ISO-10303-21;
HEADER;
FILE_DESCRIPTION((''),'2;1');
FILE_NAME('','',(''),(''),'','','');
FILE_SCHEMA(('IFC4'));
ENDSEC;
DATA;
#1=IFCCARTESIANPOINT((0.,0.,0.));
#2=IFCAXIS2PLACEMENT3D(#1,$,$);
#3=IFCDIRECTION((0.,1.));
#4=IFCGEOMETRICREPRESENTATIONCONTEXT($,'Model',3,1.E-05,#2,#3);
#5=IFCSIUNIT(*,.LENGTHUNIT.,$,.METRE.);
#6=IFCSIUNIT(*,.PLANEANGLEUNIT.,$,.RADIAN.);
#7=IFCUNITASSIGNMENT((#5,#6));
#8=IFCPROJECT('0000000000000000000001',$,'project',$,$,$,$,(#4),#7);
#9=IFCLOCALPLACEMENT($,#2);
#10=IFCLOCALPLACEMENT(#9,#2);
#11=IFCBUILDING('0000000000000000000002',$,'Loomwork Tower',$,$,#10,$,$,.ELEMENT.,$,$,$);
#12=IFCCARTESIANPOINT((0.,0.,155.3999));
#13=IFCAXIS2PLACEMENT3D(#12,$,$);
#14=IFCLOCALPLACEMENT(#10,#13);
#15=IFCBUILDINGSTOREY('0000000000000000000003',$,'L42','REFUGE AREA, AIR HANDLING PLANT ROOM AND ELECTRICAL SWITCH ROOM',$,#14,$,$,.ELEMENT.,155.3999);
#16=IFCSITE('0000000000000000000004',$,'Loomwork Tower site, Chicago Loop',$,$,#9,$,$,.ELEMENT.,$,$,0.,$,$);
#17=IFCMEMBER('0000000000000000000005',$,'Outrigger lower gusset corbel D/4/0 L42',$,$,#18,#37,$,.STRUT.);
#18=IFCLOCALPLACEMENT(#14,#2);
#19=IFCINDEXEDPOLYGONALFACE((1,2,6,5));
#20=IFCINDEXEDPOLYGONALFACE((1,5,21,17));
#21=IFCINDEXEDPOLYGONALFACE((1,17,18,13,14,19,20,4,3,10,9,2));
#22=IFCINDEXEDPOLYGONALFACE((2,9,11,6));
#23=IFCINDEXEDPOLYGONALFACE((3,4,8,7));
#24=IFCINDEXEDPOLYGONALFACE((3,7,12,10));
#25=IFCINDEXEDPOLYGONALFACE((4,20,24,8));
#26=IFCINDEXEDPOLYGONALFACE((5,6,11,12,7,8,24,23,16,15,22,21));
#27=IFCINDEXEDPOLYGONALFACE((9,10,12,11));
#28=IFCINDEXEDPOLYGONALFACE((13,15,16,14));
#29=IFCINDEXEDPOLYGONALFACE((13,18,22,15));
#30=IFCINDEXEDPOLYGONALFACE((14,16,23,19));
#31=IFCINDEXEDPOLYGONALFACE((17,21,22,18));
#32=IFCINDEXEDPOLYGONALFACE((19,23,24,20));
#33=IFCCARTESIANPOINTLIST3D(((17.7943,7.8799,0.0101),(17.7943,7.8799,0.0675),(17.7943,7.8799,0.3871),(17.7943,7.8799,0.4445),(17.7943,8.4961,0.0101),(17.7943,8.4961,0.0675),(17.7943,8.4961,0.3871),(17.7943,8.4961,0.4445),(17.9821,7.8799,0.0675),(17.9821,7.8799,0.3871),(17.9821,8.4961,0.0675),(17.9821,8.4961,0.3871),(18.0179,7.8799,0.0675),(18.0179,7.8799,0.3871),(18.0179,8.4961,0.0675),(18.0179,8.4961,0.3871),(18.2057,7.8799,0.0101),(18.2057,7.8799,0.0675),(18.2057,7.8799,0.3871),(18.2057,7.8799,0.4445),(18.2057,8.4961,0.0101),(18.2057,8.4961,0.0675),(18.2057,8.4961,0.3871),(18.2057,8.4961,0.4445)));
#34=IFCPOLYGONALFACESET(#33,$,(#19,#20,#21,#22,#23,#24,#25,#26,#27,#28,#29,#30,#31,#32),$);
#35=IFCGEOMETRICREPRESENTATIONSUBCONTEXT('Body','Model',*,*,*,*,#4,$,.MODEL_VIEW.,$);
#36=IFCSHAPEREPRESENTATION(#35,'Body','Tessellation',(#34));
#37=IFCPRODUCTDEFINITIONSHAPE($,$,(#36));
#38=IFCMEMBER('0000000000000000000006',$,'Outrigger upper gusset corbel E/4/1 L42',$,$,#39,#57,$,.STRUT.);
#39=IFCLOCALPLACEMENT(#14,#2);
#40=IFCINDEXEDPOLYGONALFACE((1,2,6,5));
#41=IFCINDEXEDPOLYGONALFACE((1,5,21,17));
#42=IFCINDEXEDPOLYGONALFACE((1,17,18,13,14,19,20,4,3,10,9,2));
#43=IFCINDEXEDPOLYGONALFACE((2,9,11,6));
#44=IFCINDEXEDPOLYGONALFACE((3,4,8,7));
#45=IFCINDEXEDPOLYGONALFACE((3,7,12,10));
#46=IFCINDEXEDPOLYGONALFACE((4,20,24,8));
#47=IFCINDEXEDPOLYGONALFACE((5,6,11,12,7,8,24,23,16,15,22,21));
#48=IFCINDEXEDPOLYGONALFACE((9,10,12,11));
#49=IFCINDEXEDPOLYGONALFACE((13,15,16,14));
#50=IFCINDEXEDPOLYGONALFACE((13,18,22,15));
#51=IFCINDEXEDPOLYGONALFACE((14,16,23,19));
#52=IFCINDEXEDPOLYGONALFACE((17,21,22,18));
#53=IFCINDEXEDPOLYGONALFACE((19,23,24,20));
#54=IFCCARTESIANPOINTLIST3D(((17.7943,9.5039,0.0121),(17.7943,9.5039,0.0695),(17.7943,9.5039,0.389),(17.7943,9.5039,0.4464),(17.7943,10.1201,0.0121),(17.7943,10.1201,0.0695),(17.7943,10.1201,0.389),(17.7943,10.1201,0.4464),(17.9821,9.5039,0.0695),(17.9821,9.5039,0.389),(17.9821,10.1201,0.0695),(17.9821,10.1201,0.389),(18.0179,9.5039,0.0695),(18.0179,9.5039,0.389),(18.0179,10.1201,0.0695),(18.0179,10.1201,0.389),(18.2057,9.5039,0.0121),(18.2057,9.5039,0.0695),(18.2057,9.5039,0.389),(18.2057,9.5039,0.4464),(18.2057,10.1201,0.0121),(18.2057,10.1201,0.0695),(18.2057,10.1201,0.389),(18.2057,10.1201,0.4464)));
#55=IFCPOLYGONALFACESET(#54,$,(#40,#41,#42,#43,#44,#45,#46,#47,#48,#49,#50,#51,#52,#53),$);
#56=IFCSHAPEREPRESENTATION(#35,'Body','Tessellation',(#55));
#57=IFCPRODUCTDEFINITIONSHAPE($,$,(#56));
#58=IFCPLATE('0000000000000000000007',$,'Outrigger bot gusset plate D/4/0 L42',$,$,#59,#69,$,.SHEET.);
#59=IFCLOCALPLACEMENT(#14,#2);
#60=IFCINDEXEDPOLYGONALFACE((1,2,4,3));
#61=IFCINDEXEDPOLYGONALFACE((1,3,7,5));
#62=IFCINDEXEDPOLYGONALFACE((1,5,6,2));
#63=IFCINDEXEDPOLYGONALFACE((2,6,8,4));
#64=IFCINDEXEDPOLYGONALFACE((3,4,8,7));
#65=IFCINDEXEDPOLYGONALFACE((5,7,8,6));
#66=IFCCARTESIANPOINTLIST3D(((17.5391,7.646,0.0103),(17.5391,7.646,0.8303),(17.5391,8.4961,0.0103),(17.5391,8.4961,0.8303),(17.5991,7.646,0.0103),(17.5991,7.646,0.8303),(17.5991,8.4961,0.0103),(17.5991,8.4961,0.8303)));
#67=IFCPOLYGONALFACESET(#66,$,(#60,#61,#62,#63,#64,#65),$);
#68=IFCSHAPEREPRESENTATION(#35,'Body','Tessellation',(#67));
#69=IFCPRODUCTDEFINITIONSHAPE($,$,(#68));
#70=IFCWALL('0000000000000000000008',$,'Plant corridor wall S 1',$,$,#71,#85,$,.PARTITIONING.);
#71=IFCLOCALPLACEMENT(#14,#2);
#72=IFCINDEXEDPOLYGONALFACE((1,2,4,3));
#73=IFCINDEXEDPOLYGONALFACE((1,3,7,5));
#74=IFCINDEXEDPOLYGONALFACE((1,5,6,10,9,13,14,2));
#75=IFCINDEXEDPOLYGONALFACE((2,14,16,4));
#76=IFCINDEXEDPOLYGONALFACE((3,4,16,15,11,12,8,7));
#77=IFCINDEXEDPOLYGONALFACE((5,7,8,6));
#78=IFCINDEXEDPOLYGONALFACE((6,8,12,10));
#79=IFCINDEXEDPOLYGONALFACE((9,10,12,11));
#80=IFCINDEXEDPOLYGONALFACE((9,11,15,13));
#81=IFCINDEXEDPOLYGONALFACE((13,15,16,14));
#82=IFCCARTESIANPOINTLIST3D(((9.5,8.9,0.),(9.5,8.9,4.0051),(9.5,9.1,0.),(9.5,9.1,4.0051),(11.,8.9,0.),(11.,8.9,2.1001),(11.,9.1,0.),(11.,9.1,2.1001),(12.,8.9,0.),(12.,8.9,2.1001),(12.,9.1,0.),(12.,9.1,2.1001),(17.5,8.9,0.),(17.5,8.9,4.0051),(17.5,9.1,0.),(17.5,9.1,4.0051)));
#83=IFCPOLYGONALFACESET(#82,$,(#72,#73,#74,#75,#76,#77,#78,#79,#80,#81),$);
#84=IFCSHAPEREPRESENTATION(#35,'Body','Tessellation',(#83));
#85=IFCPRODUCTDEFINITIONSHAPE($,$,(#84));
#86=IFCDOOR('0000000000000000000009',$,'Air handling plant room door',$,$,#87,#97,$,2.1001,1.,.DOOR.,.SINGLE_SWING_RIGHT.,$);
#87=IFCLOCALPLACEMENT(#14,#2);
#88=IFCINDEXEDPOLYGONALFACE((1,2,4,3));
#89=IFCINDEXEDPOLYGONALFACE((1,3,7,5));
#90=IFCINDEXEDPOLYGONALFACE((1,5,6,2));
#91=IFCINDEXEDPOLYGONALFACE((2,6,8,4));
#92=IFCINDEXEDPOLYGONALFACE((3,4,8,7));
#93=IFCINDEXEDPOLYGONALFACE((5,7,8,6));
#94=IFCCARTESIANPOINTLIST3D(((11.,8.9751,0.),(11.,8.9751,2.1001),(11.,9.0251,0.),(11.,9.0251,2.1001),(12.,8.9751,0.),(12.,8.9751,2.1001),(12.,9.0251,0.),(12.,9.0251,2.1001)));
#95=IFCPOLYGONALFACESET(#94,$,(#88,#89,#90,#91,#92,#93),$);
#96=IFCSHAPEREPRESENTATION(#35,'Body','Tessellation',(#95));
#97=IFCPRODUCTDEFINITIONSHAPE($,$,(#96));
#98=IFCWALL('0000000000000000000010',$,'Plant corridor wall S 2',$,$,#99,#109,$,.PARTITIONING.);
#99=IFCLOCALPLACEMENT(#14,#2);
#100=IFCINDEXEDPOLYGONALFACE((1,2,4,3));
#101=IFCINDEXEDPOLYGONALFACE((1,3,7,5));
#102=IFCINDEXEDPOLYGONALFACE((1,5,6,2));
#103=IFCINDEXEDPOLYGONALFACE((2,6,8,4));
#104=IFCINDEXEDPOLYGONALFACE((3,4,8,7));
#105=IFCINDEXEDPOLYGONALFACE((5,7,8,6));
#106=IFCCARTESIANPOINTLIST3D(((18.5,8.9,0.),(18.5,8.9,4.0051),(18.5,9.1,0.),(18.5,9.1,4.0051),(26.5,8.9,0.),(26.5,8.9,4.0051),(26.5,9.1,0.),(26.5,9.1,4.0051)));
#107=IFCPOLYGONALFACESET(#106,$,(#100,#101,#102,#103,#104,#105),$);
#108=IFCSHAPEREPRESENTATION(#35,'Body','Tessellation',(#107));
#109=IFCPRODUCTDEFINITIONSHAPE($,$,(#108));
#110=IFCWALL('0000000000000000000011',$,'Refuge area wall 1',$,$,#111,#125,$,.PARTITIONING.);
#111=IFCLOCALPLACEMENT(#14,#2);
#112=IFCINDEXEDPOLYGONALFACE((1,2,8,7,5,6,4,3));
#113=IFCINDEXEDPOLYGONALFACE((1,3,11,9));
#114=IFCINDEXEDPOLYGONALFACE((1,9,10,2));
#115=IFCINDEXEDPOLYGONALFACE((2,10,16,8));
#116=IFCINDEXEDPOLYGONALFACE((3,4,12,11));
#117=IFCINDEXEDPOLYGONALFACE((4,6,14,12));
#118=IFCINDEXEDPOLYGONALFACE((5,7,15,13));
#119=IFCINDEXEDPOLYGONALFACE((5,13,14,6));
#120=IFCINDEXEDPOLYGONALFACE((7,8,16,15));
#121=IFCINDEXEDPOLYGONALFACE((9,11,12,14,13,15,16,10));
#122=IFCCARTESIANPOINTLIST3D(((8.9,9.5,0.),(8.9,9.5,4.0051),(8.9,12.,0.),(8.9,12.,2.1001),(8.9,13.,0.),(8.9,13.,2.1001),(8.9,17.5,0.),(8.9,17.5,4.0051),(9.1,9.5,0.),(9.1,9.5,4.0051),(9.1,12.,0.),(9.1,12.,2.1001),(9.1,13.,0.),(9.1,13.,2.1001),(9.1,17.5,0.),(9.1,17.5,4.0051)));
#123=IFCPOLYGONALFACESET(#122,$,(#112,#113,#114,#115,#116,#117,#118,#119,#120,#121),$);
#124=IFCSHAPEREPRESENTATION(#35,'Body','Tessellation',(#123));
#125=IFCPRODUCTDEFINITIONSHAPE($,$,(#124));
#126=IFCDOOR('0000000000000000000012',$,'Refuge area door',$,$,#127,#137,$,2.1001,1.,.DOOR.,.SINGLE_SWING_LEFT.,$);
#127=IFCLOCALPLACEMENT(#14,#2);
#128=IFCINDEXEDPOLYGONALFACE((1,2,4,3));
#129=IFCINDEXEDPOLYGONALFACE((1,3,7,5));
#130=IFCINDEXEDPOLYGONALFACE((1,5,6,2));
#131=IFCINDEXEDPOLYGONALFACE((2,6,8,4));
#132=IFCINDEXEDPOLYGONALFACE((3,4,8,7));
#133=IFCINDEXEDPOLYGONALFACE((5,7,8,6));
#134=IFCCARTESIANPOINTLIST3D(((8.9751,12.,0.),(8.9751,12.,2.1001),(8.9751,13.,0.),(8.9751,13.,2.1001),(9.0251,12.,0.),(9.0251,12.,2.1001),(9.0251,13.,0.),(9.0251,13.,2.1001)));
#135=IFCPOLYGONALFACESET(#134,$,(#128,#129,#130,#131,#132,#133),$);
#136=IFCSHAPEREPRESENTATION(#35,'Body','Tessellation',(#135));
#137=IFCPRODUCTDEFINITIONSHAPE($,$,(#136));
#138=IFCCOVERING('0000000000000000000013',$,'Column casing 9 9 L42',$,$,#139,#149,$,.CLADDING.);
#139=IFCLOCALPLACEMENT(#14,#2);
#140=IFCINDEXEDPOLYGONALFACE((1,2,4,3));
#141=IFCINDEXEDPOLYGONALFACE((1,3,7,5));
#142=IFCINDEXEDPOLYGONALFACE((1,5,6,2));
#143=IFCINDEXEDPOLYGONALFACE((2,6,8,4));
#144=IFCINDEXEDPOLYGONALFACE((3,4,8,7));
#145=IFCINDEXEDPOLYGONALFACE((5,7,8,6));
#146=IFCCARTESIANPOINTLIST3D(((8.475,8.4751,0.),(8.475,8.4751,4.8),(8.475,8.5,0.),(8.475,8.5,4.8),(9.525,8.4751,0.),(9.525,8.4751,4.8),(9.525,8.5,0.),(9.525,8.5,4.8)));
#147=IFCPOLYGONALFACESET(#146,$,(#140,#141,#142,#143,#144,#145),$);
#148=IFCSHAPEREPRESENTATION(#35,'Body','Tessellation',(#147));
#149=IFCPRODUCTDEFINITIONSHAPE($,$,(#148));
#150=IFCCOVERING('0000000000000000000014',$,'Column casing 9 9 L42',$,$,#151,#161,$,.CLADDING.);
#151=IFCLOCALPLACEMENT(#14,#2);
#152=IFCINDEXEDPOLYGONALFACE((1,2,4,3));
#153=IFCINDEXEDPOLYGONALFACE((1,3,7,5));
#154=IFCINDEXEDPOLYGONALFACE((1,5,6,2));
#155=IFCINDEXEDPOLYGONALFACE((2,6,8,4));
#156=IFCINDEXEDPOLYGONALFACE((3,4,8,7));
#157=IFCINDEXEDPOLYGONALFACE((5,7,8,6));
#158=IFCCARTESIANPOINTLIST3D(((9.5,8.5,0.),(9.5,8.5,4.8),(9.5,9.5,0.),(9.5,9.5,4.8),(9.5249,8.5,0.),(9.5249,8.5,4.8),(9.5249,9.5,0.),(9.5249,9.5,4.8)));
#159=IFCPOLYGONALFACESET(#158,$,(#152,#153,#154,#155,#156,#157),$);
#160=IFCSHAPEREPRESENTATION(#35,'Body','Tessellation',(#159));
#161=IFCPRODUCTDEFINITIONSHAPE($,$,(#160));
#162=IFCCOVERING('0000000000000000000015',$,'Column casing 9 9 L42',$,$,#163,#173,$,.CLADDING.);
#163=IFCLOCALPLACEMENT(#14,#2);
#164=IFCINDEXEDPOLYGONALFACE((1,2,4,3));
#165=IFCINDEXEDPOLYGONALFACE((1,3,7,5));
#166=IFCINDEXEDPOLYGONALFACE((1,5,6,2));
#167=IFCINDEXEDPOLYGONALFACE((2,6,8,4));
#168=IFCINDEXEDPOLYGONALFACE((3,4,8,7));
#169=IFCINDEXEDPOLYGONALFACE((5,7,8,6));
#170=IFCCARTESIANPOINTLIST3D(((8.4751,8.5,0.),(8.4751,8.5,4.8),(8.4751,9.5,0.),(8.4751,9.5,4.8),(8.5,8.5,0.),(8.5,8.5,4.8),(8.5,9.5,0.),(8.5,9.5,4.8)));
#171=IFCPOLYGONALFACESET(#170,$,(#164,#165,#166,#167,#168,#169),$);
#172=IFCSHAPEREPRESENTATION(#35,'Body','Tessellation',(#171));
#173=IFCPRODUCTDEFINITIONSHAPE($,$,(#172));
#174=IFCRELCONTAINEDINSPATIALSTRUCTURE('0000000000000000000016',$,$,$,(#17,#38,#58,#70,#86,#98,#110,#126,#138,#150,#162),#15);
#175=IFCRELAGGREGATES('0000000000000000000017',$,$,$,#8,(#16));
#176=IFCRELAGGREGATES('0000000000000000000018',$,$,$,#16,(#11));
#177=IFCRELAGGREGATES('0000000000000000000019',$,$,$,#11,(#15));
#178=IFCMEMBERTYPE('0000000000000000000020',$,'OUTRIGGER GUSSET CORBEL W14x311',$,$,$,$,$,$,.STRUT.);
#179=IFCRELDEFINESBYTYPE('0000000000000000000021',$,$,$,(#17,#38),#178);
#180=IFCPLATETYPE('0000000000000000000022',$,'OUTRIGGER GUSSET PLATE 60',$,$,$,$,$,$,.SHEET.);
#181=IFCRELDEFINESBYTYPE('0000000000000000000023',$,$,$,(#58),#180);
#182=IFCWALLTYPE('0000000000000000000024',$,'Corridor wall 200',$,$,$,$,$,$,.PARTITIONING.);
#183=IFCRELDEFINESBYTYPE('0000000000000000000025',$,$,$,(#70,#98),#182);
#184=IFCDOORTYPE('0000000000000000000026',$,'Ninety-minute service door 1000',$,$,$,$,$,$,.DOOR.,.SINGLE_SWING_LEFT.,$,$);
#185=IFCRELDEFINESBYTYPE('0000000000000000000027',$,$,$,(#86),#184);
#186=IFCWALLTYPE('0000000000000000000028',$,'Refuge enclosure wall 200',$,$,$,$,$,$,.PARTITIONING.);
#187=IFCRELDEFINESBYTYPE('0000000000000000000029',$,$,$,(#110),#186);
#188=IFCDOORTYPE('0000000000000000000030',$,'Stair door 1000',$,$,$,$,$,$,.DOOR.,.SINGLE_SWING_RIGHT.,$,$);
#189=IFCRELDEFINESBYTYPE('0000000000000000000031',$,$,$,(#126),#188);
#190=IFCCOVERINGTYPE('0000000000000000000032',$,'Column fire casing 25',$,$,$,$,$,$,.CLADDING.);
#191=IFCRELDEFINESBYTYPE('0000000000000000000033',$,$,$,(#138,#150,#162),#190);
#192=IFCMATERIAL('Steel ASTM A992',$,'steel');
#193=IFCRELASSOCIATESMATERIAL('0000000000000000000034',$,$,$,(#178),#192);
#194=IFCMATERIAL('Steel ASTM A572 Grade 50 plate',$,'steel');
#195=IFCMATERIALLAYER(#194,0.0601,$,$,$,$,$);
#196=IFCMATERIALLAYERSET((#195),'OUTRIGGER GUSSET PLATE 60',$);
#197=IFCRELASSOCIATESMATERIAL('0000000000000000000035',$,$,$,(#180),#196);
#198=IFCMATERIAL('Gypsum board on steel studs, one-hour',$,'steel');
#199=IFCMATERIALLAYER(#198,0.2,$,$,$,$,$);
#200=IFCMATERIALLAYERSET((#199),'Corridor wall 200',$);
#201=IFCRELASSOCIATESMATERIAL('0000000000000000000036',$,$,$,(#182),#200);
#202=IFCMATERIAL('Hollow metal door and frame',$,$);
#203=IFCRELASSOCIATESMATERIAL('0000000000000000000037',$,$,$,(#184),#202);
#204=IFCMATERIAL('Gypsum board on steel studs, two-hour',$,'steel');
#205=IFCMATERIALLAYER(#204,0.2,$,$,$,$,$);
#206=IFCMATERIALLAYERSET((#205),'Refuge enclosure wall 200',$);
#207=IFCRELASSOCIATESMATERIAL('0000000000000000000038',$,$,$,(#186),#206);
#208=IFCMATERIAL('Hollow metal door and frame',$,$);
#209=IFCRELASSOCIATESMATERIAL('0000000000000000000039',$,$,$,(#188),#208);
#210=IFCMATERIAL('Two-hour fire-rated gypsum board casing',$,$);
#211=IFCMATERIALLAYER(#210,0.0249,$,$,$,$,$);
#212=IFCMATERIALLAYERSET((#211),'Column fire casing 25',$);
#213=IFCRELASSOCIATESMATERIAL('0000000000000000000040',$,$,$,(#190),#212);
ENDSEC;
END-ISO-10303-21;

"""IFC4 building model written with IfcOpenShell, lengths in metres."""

from ifc_helpers import new_model, si_unit, direction, frame, frame_2d, origin, origin_2d, place, context, subcontext, project, spatial, rectangle, i_section, extrude, material, layer, layer_set, material_profile, profile_set, type_object, element, fill, save


model = new_model("IFC4")

# Units and contexts
model_context = context("Model", 3, precision=1e-05, world=origin(), true_north=direction((0.0, 1.0)))
body_context = subcontext(model_context, "Body", "Model", "MODEL_VIEW")
ifc_project = project(units=[si_unit("LENGTHUNIT", "METRE"), si_unit("PLANEANGLEUNIT", "RADIAN")], contexts=[model_context])

# Site, building, storey
site_placement = place(None, origin())
site = spatial("IfcSite", under=ifc_project, at=site_placement, Name="Loomwork Tower site, Chicago Loop", CompositionType="ELEMENT", RefElevation=0.0)
building_placement = place(site_placement, origin())
building = spatial("IfcBuilding", under=site, at=building_placement, Name="Loomwork Tower", CompositionType="ELEMENT")
storey_placement = place(building_placement, frame((0.0, 0.0, 155.3999)))
storey = spatial("IfcBuildingStorey", under=building, at=storey_placement, Name="L42", Description="REFUGE AREA, AIR HANDLING PLANT ROOM AND ELECTRICAL SWITCH ROOM", CompositionType="ELEMENT", Elevation=155.3999)

# Members
ifc_material_1 = material(Name="Steel ASTM A992", Category="steel")
ifc_material_profile_1 = material_profile(ifc_material_1, i_section(OverallWidth=0.4114, OverallDepth=0.4343, WebThickness=0.0359, FlangeThickness=0.0574, at=origin_2d()), Name="W14x311")
ifc_profile_set_1 = profile_set([ifc_material_profile_1], Name="Steel ASTM A992")
member_type = type_object("IfcMemberType", Name="OUTRIGGER GUSSET CORBEL W14x311", PredefinedType="STRUT", material=ifc_profile_set_1)
for number, where, z_axis, x_axis, name in (
    (1, (18.0, 8.4961, 0.2273), (0.0, -1.0, 0.0), (1.0, 0.0, 0.0), "Outrigger lower gusset corbel D/4/0 L42"),
    (2, (18.0, 9.5039, 0.2292), (0.0, 1.0, 0.0), (-1.0, 0.0, 0.0), "Outrigger upper gusset corbel E/4/1 L42"),
):
    element("IfcMember", number, at=place(storey_placement, frame(where, z_axis=z_axis, x_axis=x_axis)), inside=storey, type_object=member_type, Name=name, PredefinedType="STRUT", context=body_context, shape_type="SweptSolid", body=[
        extrude(i_section(OverallWidth=0.4114, OverallDepth=0.4343, WebThickness=0.0359, FlangeThickness=0.0574, at=origin_2d()), origin(), (0.0, 0.0, 1.0), 0.6162),
    ])

# Plate
ifc_material_2 = material(Name="Steel ASTM A572 Grade 50 plate", Category="steel")
ifc_layer_1 = layer(ifc_material_2, 0.0601)
ifc_layer_set_1 = layer_set([ifc_layer_1], Name="OUTRIGGER GUSSET PLATE 60")
plate_type = type_object("IfcPlateType", Name="OUTRIGGER GUSSET PLATE 60", PredefinedType="SHEET", material=ifc_layer_set_1)
plate_placement = place(storey_placement, frame((17.5691, 8.071, 0.0103), z_axis=(0.0, 0.0, 1.0), x_axis=(0.0, 1.0, 0.0)))
element("IfcPlate", 3, at=plate_placement, inside=storey, type_object=plate_type, Name="Outrigger bot gusset plate D/4/0 L42", PredefinedType="SHEET", context=body_context, shape_type="SweptSolid", body=[
    extrude(rectangle(XDim=0.8501, YDim=0.0601, at=origin_2d()), origin(), (0.0, 0.0, 1.0), 0.8201),
])

# Wall, opening, door
ifc_material_3 = material(Name="Gypsum board on steel studs, one-hour", Category="steel")
ifc_layer_2 = layer(ifc_material_3, 0.2)
ifc_layer_set_2 = layer_set([ifc_layer_2], Name="Corridor wall 200")
wall_type_1 = type_object("IfcWallType", Name="Corridor wall 200", PredefinedType="PARTITIONING", material=ifc_layer_set_2)
wall_1_placement = place(storey_placement, frame((9.5, 9.0, 0.0), z_axis=(0.0, 0.0, 1.0), x_axis=(1.0, 0.0, 0.0)))
wall_1 = element("IfcWall", 4, at=wall_1_placement, inside=storey, type_object=wall_type_1, Name="Plant corridor wall S 1", PredefinedType="PARTITIONING", context=body_context, shape_type="SweptSolid", body=[
    extrude(rectangle(XDim=8.0, YDim=0.2, at=frame_2d((4.0, 0.0))), origin(), (0.0, 0.0, 1.0), 4.0051),
])
opening_1_placement = place(wall_1_placement, frame((1.5, 0.0, 0.0)))
opening_1 = element("IfcOpeningElement", 5, at=opening_1_placement, cuts=wall_1, PredefinedType="OPENING", context=body_context, shape_type="SweptSolid", body=[
    extrude(rectangle(XDim=1.0, YDim=2.1001, at=frame_2d((0.5, 1.05))), frame((0.0, 0.1099, 0.0), z_axis=(0.0, -1.0, 0.0), x_axis=(1.0, 0.0, 0.0)), (0.0, 0.0, 1.0), 0.22),
])
ifc_material_4 = material(Name="Hollow metal door and frame")
door_type_1 = type_object("IfcDoorType", Name="Ninety-minute service door 1000", OperationType="SINGLE_SWING_LEFT", PredefinedType="DOOR", material=ifc_material_4)
door_1_placement = place(opening_1_placement, frame((1.0, 0.0, 0.0), z_axis=(0.0, 0.0, 1.0), x_axis=(-1.0, 0.0, 0.0)))
door_1 = element("IfcDoor", 6, at=door_1_placement, inside=storey, type_object=door_type_1, Name="Air handling plant room door", OperationType="SINGLE_SWING_RIGHT", OverallHeight=2.1001, OverallWidth=1.0, PredefinedType="DOOR", context=body_context, shape_type="SweptSolid", body=[
    extrude(rectangle(XDim=1.0, YDim=2.1001, at=frame_2d((0.5, 1.05))), frame((0.0, 0.0249, 0.0), z_axis=(0.0, -1.0, 0.0), x_axis=(1.0, 0.0, 0.0)), (0.0, 0.0, 1.0), 0.05),
])
fill(opening_1, door_1)

# Wall
wall_2_placement = place(storey_placement, frame((18.5, 9.0, 0.0), z_axis=(0.0, 0.0, 1.0), x_axis=(1.0, 0.0, 0.0)))
element("IfcWall", 7, at=wall_2_placement, inside=storey, type_object=wall_type_1, Name="Plant corridor wall S 2", PredefinedType="PARTITIONING", context=body_context, shape_type="SweptSolid", body=[
    extrude(rectangle(XDim=8.0, YDim=0.2, at=frame_2d((4.0, 0.0))), origin(), (0.0, 0.0, 1.0), 4.0051),
])

# Wall, opening, door
ifc_material_5 = material(Name="Gypsum board on steel studs, two-hour", Category="steel")
ifc_layer_3 = layer(ifc_material_5, 0.2)
ifc_layer_set_3 = layer_set([ifc_layer_3], Name="Refuge enclosure wall 200")
wall_type_2 = type_object("IfcWallType", Name="Refuge enclosure wall 200", PredefinedType="PARTITIONING", material=ifc_layer_set_3)
wall_3_placement = place(storey_placement, frame((9.0, 9.5, 0.0), z_axis=(0.0, 0.0, 1.0), x_axis=(0.0, 1.0, 0.0)))
wall_3 = element("IfcWall", 8, at=wall_3_placement, inside=storey, type_object=wall_type_2, Name="Refuge area wall 1", PredefinedType="PARTITIONING", context=body_context, shape_type="SweptSolid", body=[
    extrude(rectangle(XDim=8.0, YDim=0.2, at=frame_2d((4.0, 0.0))), origin(), (0.0, 0.0, 1.0), 4.0051),
])
opening_2_placement = place(wall_3_placement, frame((2.5, 0.0, 0.0)))
opening_2 = element("IfcOpeningElement", 9, at=opening_2_placement, cuts=wall_3, PredefinedType="OPENING", context=body_context, shape_type="SweptSolid", body=[
    extrude(rectangle(XDim=1.0, YDim=2.1001, at=frame_2d((0.5, 1.05))), frame((0.0, 0.1099, 0.0), z_axis=(0.0, -1.0, 0.0), x_axis=(1.0, 0.0, 0.0)), (0.0, 0.0, 1.0), 0.22),
])
ifc_material_6 = material(Name="Hollow metal door and frame")
door_type_2 = type_object("IfcDoorType", Name="Stair door 1000", OperationType="SINGLE_SWING_RIGHT", PredefinedType="DOOR", material=ifc_material_6)
door_2_placement = place(opening_2_placement, origin())
door_2 = element("IfcDoor", 10, at=door_2_placement, inside=storey, type_object=door_type_2, Name="Refuge area door", OperationType="SINGLE_SWING_LEFT", OverallHeight=2.1001, OverallWidth=1.0, PredefinedType="DOOR", context=body_context, shape_type="SweptSolid", body=[
    extrude(rectangle(XDim=1.0, YDim=2.1001, at=frame_2d((0.5, 1.05))), frame((0.0, 0.0249, 0.0), z_axis=(0.0, -1.0, 0.0), x_axis=(1.0, 0.0, 0.0)), (0.0, 0.0, 1.0), 0.05),
])
fill(opening_2, door_2)

# Coverings
ifc_material_7 = material(Name="Two-hour fire-rated gypsum board casing")
ifc_layer_4 = layer(ifc_material_7, 0.0249)
ifc_layer_set_4 = layer_set([ifc_layer_4], Name="Column fire casing 25")
covering_type = type_object("IfcCoveringType", Name="Column fire casing 25", PredefinedType="CLADDING", material=ifc_layer_set_4)
covering_1_placement = place(storey_placement, frame((9.0, 8.4875, 0.0), z_axis=(0.0, 0.0, 1.0), x_axis=(1.0, 0.0, 0.0)))
element("IfcCovering", 11, at=covering_1_placement, inside=storey, type_object=covering_type, Name="Column casing 9 9 L42", PredefinedType="CLADDING", context=body_context, shape_type="SweptSolid", body=[
    extrude(rectangle(XDim=1.05, YDim=0.0249, at=origin_2d()), origin(), (0.0, 0.0, 1.0), 4.8),
])
for number, where, z_axis, x_axis, name in (
    (12, (9.5125, 9.0, 0.0), (0.0, 0.0, 1.0), (1.0, 0.0, 0.0), "Column casing 9 9 L42"),
    (13, (8.4875, 9.0, 0.0), (0.0, 0.0, 1.0), (1.0, 0.0, 0.0), "Column casing 9 9 L42"),
):
    element("IfcCovering", number, at=place(storey_placement, frame(where, z_axis=z_axis, x_axis=x_axis)), inside=storey, type_object=covering_type, Name=name, PredefinedType="CLADDING", context=body_context, shape_type="SweptSolid", body=[
        extrude(rectangle(XDim=0.0249, YDim=1.0, at=origin_2d()), origin(), (0.0, 0.0, 1.0), 4.8),
    ])

save(model, "model.ifc")
